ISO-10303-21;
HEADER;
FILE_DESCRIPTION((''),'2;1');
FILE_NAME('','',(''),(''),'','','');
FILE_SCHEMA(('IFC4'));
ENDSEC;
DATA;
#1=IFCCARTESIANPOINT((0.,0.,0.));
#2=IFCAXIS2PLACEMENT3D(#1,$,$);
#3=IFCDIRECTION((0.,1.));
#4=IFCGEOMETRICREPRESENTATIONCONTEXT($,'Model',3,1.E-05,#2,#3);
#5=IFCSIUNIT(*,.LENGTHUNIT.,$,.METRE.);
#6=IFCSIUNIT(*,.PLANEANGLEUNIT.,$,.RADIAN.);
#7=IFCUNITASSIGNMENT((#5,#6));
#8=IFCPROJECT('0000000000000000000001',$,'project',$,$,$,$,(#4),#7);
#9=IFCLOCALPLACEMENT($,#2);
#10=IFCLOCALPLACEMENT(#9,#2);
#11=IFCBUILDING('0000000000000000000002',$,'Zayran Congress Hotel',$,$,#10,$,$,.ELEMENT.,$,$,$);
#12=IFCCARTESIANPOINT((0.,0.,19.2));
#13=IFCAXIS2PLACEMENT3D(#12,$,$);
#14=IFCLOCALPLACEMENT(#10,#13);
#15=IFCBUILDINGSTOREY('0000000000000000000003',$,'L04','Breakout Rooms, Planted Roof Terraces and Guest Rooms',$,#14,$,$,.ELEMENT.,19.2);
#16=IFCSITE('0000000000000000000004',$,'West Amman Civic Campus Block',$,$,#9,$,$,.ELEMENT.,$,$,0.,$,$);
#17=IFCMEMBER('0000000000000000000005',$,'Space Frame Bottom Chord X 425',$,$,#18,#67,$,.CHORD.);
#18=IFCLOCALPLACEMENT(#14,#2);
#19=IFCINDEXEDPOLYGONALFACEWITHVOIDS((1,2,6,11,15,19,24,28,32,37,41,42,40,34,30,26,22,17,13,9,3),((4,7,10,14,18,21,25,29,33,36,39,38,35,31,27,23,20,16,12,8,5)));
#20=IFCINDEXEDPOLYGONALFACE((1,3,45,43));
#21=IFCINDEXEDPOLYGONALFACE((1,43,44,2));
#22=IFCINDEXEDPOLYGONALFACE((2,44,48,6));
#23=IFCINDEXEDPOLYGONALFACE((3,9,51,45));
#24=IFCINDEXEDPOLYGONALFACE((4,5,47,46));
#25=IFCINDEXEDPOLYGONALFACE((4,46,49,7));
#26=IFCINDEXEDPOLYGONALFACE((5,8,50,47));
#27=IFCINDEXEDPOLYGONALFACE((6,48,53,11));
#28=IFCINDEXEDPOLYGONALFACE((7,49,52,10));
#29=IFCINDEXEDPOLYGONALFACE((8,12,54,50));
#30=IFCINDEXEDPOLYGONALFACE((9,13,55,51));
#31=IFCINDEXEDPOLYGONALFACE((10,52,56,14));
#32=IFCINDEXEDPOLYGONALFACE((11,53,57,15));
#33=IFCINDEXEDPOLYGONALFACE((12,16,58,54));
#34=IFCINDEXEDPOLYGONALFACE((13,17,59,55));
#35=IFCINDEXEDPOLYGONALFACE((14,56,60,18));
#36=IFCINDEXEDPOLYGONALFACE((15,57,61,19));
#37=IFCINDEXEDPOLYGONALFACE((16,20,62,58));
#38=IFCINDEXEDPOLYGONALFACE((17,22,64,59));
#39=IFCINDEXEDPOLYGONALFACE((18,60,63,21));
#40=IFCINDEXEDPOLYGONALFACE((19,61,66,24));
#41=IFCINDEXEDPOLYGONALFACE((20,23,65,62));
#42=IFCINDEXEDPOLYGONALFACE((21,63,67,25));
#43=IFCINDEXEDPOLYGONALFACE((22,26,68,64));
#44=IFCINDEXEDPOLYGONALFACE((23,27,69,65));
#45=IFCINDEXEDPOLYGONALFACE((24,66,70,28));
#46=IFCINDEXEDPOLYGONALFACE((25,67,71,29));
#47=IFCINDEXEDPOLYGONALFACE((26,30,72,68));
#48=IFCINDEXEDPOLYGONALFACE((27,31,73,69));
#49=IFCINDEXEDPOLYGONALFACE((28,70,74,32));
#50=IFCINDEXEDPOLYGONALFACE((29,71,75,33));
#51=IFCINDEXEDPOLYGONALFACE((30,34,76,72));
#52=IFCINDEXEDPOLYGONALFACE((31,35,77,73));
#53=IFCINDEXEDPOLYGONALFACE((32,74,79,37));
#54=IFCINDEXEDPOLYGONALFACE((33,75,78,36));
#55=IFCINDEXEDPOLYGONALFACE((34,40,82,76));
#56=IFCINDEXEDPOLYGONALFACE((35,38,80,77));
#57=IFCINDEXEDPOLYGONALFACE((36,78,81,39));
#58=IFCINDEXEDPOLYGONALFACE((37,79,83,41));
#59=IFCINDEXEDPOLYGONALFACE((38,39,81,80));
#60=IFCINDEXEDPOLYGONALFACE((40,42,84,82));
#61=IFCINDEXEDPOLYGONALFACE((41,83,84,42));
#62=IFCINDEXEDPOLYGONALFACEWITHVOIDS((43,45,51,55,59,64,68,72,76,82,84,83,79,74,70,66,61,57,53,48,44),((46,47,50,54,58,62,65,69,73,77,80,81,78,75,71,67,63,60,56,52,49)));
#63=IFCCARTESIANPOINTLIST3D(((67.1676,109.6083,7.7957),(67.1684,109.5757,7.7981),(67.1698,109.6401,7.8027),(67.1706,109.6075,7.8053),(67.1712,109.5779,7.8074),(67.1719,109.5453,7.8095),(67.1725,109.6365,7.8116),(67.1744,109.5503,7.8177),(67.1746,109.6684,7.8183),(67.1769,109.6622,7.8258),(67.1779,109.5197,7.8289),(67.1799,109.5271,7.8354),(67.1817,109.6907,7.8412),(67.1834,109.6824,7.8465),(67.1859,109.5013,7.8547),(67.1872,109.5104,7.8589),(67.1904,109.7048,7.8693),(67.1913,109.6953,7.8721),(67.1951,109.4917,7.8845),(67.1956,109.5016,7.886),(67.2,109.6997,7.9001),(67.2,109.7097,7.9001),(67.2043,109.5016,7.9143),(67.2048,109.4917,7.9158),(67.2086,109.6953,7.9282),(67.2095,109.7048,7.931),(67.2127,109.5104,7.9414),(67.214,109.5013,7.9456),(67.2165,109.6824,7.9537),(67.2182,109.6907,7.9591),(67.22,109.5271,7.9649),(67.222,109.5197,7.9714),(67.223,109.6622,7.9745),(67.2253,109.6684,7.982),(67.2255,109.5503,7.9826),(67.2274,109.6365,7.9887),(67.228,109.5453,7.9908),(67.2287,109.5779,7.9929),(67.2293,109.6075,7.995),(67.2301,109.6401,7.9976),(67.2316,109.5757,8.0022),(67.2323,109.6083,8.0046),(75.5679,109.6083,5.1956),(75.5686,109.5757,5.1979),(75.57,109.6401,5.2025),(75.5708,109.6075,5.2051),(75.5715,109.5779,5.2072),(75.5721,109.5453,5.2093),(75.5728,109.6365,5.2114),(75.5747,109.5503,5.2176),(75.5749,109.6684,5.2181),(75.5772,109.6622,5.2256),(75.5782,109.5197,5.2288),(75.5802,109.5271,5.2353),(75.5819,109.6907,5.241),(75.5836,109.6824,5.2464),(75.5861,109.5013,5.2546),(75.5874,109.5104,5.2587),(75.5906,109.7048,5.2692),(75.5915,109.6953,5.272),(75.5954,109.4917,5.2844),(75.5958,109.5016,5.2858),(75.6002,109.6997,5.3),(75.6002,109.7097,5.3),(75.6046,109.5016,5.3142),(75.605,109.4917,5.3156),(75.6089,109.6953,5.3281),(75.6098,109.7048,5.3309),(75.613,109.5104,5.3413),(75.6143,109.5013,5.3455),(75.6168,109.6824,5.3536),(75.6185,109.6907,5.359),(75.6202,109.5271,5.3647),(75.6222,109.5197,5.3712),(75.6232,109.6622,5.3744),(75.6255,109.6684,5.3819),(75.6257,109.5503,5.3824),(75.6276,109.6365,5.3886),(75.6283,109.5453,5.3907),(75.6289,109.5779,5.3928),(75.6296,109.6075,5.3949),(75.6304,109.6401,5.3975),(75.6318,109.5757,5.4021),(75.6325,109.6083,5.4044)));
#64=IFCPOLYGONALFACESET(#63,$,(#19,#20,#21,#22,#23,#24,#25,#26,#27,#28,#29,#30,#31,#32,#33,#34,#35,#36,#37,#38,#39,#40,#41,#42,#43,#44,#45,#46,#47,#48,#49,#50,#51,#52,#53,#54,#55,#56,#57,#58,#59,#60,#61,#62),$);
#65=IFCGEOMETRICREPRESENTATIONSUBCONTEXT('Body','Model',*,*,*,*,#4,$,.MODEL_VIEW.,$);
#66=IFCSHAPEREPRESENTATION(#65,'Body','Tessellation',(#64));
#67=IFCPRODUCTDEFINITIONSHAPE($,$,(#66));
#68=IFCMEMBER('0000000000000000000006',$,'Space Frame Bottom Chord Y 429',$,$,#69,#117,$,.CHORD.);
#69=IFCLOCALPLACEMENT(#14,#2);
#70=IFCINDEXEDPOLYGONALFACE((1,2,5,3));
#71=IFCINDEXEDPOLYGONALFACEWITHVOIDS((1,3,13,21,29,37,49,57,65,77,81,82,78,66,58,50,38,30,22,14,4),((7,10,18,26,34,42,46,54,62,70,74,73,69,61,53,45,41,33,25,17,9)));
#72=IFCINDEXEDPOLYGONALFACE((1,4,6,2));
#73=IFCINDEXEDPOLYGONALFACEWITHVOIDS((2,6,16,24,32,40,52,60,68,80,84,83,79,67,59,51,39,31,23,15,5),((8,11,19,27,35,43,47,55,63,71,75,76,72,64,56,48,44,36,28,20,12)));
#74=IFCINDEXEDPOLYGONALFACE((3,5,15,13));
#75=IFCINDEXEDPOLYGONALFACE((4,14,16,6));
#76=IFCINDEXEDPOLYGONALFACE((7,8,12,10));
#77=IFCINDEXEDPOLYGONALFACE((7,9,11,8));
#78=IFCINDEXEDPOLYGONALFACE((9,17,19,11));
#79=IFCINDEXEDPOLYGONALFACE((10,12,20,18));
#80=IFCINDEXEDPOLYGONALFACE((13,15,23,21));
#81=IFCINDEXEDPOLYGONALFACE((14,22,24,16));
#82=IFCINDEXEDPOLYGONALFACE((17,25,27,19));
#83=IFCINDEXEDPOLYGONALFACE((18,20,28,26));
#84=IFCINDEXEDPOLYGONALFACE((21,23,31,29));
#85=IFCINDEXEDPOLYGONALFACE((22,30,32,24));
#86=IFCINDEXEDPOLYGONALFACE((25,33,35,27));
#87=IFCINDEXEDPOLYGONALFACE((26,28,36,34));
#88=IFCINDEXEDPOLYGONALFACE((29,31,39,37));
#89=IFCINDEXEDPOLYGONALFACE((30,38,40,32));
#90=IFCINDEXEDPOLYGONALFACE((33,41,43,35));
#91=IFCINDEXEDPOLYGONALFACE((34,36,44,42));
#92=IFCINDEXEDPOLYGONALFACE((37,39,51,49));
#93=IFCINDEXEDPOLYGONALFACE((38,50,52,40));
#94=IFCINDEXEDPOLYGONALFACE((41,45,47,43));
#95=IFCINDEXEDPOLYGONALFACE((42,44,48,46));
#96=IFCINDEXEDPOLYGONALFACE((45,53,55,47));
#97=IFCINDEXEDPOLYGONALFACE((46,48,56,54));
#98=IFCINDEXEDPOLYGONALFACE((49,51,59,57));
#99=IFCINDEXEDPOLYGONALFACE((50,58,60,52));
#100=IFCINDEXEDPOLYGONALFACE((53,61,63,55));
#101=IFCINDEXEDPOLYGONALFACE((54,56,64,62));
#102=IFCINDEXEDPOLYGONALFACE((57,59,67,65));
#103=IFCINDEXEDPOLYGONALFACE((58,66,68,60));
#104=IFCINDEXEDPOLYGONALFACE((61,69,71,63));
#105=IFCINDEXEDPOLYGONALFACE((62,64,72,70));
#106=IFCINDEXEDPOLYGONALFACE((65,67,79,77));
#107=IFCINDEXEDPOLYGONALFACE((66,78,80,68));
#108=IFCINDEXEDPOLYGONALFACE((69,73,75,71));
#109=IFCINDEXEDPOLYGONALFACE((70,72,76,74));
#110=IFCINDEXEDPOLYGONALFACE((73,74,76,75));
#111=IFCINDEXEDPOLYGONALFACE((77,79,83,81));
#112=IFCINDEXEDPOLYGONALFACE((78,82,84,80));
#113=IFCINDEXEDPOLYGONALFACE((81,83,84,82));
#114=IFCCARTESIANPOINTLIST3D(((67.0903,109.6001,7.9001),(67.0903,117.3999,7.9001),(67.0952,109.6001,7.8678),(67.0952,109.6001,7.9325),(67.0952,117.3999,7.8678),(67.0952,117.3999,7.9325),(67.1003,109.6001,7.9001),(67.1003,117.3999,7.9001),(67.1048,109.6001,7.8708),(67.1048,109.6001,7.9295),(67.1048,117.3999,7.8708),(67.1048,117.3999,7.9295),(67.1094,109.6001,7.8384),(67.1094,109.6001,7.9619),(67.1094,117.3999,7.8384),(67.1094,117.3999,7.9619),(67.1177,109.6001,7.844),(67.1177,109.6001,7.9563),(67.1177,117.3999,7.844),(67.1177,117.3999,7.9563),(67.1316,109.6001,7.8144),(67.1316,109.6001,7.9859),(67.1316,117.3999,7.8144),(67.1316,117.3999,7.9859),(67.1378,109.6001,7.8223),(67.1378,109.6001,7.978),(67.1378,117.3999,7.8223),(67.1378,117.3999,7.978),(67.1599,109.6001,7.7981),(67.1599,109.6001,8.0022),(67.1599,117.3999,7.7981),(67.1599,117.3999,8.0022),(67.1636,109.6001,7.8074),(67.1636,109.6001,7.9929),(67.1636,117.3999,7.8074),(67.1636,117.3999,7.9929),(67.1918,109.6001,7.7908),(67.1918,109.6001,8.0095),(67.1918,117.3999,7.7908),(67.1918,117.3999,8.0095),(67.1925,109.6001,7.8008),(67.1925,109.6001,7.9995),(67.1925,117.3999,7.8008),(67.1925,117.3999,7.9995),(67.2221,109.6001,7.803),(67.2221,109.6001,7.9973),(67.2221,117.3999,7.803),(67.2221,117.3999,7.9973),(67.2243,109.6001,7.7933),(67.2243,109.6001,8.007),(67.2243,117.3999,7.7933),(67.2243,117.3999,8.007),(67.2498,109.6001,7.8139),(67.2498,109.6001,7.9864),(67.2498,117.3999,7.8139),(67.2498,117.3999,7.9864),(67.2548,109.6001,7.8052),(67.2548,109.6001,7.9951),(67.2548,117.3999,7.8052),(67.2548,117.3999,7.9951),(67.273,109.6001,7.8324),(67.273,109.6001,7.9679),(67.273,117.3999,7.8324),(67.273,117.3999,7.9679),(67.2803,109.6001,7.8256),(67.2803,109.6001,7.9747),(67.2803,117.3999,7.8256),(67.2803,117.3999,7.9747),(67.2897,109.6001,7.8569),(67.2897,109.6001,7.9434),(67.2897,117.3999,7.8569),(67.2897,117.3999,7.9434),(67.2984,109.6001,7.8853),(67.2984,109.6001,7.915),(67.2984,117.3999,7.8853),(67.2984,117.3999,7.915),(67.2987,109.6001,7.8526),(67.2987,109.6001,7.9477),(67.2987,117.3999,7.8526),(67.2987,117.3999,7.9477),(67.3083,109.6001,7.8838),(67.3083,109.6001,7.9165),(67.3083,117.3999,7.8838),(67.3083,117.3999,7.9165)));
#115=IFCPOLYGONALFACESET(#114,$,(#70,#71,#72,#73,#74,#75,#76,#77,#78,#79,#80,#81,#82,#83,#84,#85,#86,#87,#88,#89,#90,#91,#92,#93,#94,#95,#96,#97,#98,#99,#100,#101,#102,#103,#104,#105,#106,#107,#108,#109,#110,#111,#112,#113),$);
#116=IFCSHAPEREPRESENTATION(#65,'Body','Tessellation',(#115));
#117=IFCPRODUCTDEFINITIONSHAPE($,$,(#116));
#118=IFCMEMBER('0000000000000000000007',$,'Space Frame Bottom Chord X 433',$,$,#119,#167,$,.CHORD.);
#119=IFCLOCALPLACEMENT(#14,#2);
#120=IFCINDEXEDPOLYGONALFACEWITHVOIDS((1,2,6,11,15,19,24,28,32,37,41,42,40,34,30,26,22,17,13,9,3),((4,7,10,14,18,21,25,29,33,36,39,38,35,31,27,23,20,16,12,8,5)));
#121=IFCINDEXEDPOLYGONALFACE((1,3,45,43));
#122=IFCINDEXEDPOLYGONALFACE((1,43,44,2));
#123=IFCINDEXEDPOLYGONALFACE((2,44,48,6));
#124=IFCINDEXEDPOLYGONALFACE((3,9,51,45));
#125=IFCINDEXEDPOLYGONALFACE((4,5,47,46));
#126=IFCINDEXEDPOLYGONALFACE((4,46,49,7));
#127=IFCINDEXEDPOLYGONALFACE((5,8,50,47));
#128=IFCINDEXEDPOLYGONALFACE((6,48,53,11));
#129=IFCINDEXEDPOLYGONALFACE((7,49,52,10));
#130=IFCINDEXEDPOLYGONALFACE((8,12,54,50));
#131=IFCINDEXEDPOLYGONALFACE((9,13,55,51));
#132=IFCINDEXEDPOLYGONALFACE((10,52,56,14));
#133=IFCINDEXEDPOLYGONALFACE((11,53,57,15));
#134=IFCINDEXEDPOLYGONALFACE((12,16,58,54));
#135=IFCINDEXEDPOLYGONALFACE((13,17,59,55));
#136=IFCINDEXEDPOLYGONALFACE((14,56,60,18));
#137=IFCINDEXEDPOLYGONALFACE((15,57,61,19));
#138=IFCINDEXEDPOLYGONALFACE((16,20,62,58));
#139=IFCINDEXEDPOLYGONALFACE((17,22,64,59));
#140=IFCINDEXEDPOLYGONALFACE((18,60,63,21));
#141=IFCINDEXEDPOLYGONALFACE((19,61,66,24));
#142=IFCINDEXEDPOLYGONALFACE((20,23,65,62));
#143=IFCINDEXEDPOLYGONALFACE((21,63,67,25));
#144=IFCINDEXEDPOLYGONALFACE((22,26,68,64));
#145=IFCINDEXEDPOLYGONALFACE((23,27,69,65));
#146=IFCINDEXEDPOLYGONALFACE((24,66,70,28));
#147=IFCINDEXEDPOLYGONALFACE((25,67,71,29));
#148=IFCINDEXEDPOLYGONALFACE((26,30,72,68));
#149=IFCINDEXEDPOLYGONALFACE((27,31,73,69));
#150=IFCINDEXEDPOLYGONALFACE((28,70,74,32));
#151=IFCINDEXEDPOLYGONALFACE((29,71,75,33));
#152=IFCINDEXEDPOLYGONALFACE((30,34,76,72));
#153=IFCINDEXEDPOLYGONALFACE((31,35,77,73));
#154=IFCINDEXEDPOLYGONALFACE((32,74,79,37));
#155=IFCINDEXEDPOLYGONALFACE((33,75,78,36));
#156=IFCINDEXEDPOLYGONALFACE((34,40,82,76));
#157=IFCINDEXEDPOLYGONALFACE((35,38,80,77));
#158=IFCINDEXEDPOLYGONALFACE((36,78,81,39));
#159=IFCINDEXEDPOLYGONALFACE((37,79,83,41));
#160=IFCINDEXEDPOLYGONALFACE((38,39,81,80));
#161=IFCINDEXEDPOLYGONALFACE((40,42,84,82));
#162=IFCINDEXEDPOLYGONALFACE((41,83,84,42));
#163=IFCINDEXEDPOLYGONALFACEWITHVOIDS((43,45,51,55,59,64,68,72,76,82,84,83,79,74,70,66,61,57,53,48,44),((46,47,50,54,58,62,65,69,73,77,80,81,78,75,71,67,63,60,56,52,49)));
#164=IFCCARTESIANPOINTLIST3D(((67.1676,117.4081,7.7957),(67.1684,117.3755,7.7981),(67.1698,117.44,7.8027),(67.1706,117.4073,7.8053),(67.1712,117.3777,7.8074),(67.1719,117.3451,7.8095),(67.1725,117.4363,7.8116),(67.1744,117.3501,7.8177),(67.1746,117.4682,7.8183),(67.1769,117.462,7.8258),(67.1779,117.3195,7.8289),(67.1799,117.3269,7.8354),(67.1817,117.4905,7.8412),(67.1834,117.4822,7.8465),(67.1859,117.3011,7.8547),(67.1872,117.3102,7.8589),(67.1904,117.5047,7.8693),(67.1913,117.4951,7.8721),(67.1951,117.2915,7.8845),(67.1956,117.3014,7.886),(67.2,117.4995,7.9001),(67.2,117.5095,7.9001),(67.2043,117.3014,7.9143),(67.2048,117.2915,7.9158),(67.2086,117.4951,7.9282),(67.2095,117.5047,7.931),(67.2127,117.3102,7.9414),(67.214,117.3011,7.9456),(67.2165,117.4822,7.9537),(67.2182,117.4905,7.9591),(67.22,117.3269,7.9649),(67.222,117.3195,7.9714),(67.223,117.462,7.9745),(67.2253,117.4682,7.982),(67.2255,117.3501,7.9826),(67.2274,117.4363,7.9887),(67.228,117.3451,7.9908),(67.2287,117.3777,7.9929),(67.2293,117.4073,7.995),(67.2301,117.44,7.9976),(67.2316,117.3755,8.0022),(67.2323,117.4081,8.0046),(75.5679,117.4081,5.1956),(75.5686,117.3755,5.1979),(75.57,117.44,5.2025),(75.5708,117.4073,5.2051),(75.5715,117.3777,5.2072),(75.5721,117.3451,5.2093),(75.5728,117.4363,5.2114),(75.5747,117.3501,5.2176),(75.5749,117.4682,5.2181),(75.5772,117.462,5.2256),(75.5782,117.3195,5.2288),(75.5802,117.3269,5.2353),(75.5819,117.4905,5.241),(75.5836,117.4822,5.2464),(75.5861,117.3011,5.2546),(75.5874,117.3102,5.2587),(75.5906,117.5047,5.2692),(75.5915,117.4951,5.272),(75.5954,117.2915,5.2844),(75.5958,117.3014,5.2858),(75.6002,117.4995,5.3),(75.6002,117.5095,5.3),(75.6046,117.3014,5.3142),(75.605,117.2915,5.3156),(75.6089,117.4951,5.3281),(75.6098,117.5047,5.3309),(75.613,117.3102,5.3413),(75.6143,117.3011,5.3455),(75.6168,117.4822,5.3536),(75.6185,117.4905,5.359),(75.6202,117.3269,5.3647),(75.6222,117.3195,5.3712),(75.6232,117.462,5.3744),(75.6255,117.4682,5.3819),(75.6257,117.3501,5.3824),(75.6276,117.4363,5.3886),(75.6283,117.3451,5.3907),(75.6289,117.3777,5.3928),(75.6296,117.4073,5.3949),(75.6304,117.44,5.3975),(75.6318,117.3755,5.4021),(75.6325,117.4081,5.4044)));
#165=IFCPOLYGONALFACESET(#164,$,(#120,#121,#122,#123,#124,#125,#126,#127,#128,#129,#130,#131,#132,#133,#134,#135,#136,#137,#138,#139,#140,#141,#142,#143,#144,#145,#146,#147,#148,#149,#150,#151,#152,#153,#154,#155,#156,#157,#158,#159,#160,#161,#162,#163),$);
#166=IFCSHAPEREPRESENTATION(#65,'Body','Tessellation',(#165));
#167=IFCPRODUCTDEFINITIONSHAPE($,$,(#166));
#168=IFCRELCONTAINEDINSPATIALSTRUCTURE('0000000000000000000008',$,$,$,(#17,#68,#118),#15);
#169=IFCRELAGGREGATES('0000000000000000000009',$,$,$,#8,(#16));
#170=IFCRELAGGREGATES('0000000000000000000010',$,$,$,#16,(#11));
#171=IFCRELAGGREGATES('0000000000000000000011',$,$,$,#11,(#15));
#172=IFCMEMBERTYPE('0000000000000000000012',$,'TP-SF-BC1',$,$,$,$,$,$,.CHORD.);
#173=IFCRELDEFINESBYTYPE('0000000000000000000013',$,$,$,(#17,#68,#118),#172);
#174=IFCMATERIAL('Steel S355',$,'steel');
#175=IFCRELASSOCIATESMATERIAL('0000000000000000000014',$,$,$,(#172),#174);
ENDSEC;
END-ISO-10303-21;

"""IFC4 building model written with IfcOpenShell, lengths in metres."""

from ifc_helpers import new_model, si_unit, direction, frame, origin, origin_2d, place, context, subcontext, project, spatial, hollow_circle, extrude, material, material_profile, profile_set, type_object, element, save


model = new_model("IFC4")

# Units and contexts
model_context = context("Model", 3, precision=1e-05, world=origin(), true_north=direction((0.0, 1.0)))
body_context = subcontext(model_context, "Body", "Model", "MODEL_VIEW")
ifc_project = project(units=[si_unit("LENGTHUNIT", "METRE"), si_unit("PLANEANGLEUNIT", "RADIAN")], contexts=[model_context])

# Site, building, storey
site_placement = place(None, origin())
site = spatial("IfcSite", under=ifc_project, at=site_placement, Name="West Amman Civic Campus Block", CompositionType="ELEMENT", RefElevation=0.0)
building_placement = place(site_placement, origin())
building = spatial("IfcBuilding", under=site, at=building_placement, Name="Zayran Congress Hotel", CompositionType="ELEMENT")
storey_placement = place(building_placement, frame((0.0, 0.0, 19.2)))
storey = spatial("IfcBuildingStorey", under=building, at=storey_placement, Name="L04", Description="Breakout Rooms, Planted Roof Terraces and Guest Rooms", CompositionType="ELEMENT", Elevation=19.2)

# Members
ifc_material = material(Name="Steel S355", Category="steel")
ifc_material_profile_1 = material_profile(ifc_material, hollow_circle(Radius=0.1096, WallThickness=0.01, at=origin_2d()), Name="CHS 219.1x10")
ifc_profile_set_1 = profile_set([ifc_material_profile_1], Name="Steel S355")
member_type_1 = type_object("IfcMemberType", Name="TP-SF-BC1", PredefinedType="CHORD", material=ifc_profile_set_1)
member_1_placement = place(storey_placement, frame((67.2, 109.6001, 7.9001), z_axis=(0.955284, 0.0, -0.295689), x_axis=(0.0, 1.0, 0.0)))
element("IfcMember", 1, at=member_1_placement, inside=storey, type_object=member_type_1, Name="Space Frame Bottom Chord X 425", PredefinedType="CHORD", context=body_context, shape_type="SweptSolid", body=[
    extrude(hollow_circle(Radius=0.1096, WallThickness=0.01, at=origin_2d()), origin(), (0.0, 0.0, 1.0), 8.7935),
])
member_2_placement = place(storey_placement, frame((67.2, 109.6001, 7.9001), z_axis=(0.0, 1.0, 0.0), x_axis=(-1.0, 0.0, 0.0)))
element("IfcMember", 2, at=member_2_placement, inside=storey, type_object=member_type_1, Name="Space Frame Bottom Chord Y 429", PredefinedType="CHORD", context=body_context, shape_type="SweptSolid", body=[
    extrude(hollow_circle(Radius=0.1096, WallThickness=0.01, at=origin_2d()), origin(), (0.0, 0.0, 1.0), 7.7998),
])
member_3_placement = place(storey_placement, frame((67.2, 117.3999, 7.9001), z_axis=(0.955284, 0.0, -0.295689), x_axis=(0.0, 1.0, 0.0)))
element("IfcMember", 3, at=member_3_placement, inside=storey, type_object=member_type_1, Name="Space Frame Bottom Chord X 433", PredefinedType="CHORD", context=body_context, shape_type="SweptSolid", body=[
    extrude(hollow_circle(Radius=0.1096, WallThickness=0.01, at=origin_2d()), origin(), (0.0, 0.0, 1.0), 8.7935),
])

save(model, "model.ifc")
